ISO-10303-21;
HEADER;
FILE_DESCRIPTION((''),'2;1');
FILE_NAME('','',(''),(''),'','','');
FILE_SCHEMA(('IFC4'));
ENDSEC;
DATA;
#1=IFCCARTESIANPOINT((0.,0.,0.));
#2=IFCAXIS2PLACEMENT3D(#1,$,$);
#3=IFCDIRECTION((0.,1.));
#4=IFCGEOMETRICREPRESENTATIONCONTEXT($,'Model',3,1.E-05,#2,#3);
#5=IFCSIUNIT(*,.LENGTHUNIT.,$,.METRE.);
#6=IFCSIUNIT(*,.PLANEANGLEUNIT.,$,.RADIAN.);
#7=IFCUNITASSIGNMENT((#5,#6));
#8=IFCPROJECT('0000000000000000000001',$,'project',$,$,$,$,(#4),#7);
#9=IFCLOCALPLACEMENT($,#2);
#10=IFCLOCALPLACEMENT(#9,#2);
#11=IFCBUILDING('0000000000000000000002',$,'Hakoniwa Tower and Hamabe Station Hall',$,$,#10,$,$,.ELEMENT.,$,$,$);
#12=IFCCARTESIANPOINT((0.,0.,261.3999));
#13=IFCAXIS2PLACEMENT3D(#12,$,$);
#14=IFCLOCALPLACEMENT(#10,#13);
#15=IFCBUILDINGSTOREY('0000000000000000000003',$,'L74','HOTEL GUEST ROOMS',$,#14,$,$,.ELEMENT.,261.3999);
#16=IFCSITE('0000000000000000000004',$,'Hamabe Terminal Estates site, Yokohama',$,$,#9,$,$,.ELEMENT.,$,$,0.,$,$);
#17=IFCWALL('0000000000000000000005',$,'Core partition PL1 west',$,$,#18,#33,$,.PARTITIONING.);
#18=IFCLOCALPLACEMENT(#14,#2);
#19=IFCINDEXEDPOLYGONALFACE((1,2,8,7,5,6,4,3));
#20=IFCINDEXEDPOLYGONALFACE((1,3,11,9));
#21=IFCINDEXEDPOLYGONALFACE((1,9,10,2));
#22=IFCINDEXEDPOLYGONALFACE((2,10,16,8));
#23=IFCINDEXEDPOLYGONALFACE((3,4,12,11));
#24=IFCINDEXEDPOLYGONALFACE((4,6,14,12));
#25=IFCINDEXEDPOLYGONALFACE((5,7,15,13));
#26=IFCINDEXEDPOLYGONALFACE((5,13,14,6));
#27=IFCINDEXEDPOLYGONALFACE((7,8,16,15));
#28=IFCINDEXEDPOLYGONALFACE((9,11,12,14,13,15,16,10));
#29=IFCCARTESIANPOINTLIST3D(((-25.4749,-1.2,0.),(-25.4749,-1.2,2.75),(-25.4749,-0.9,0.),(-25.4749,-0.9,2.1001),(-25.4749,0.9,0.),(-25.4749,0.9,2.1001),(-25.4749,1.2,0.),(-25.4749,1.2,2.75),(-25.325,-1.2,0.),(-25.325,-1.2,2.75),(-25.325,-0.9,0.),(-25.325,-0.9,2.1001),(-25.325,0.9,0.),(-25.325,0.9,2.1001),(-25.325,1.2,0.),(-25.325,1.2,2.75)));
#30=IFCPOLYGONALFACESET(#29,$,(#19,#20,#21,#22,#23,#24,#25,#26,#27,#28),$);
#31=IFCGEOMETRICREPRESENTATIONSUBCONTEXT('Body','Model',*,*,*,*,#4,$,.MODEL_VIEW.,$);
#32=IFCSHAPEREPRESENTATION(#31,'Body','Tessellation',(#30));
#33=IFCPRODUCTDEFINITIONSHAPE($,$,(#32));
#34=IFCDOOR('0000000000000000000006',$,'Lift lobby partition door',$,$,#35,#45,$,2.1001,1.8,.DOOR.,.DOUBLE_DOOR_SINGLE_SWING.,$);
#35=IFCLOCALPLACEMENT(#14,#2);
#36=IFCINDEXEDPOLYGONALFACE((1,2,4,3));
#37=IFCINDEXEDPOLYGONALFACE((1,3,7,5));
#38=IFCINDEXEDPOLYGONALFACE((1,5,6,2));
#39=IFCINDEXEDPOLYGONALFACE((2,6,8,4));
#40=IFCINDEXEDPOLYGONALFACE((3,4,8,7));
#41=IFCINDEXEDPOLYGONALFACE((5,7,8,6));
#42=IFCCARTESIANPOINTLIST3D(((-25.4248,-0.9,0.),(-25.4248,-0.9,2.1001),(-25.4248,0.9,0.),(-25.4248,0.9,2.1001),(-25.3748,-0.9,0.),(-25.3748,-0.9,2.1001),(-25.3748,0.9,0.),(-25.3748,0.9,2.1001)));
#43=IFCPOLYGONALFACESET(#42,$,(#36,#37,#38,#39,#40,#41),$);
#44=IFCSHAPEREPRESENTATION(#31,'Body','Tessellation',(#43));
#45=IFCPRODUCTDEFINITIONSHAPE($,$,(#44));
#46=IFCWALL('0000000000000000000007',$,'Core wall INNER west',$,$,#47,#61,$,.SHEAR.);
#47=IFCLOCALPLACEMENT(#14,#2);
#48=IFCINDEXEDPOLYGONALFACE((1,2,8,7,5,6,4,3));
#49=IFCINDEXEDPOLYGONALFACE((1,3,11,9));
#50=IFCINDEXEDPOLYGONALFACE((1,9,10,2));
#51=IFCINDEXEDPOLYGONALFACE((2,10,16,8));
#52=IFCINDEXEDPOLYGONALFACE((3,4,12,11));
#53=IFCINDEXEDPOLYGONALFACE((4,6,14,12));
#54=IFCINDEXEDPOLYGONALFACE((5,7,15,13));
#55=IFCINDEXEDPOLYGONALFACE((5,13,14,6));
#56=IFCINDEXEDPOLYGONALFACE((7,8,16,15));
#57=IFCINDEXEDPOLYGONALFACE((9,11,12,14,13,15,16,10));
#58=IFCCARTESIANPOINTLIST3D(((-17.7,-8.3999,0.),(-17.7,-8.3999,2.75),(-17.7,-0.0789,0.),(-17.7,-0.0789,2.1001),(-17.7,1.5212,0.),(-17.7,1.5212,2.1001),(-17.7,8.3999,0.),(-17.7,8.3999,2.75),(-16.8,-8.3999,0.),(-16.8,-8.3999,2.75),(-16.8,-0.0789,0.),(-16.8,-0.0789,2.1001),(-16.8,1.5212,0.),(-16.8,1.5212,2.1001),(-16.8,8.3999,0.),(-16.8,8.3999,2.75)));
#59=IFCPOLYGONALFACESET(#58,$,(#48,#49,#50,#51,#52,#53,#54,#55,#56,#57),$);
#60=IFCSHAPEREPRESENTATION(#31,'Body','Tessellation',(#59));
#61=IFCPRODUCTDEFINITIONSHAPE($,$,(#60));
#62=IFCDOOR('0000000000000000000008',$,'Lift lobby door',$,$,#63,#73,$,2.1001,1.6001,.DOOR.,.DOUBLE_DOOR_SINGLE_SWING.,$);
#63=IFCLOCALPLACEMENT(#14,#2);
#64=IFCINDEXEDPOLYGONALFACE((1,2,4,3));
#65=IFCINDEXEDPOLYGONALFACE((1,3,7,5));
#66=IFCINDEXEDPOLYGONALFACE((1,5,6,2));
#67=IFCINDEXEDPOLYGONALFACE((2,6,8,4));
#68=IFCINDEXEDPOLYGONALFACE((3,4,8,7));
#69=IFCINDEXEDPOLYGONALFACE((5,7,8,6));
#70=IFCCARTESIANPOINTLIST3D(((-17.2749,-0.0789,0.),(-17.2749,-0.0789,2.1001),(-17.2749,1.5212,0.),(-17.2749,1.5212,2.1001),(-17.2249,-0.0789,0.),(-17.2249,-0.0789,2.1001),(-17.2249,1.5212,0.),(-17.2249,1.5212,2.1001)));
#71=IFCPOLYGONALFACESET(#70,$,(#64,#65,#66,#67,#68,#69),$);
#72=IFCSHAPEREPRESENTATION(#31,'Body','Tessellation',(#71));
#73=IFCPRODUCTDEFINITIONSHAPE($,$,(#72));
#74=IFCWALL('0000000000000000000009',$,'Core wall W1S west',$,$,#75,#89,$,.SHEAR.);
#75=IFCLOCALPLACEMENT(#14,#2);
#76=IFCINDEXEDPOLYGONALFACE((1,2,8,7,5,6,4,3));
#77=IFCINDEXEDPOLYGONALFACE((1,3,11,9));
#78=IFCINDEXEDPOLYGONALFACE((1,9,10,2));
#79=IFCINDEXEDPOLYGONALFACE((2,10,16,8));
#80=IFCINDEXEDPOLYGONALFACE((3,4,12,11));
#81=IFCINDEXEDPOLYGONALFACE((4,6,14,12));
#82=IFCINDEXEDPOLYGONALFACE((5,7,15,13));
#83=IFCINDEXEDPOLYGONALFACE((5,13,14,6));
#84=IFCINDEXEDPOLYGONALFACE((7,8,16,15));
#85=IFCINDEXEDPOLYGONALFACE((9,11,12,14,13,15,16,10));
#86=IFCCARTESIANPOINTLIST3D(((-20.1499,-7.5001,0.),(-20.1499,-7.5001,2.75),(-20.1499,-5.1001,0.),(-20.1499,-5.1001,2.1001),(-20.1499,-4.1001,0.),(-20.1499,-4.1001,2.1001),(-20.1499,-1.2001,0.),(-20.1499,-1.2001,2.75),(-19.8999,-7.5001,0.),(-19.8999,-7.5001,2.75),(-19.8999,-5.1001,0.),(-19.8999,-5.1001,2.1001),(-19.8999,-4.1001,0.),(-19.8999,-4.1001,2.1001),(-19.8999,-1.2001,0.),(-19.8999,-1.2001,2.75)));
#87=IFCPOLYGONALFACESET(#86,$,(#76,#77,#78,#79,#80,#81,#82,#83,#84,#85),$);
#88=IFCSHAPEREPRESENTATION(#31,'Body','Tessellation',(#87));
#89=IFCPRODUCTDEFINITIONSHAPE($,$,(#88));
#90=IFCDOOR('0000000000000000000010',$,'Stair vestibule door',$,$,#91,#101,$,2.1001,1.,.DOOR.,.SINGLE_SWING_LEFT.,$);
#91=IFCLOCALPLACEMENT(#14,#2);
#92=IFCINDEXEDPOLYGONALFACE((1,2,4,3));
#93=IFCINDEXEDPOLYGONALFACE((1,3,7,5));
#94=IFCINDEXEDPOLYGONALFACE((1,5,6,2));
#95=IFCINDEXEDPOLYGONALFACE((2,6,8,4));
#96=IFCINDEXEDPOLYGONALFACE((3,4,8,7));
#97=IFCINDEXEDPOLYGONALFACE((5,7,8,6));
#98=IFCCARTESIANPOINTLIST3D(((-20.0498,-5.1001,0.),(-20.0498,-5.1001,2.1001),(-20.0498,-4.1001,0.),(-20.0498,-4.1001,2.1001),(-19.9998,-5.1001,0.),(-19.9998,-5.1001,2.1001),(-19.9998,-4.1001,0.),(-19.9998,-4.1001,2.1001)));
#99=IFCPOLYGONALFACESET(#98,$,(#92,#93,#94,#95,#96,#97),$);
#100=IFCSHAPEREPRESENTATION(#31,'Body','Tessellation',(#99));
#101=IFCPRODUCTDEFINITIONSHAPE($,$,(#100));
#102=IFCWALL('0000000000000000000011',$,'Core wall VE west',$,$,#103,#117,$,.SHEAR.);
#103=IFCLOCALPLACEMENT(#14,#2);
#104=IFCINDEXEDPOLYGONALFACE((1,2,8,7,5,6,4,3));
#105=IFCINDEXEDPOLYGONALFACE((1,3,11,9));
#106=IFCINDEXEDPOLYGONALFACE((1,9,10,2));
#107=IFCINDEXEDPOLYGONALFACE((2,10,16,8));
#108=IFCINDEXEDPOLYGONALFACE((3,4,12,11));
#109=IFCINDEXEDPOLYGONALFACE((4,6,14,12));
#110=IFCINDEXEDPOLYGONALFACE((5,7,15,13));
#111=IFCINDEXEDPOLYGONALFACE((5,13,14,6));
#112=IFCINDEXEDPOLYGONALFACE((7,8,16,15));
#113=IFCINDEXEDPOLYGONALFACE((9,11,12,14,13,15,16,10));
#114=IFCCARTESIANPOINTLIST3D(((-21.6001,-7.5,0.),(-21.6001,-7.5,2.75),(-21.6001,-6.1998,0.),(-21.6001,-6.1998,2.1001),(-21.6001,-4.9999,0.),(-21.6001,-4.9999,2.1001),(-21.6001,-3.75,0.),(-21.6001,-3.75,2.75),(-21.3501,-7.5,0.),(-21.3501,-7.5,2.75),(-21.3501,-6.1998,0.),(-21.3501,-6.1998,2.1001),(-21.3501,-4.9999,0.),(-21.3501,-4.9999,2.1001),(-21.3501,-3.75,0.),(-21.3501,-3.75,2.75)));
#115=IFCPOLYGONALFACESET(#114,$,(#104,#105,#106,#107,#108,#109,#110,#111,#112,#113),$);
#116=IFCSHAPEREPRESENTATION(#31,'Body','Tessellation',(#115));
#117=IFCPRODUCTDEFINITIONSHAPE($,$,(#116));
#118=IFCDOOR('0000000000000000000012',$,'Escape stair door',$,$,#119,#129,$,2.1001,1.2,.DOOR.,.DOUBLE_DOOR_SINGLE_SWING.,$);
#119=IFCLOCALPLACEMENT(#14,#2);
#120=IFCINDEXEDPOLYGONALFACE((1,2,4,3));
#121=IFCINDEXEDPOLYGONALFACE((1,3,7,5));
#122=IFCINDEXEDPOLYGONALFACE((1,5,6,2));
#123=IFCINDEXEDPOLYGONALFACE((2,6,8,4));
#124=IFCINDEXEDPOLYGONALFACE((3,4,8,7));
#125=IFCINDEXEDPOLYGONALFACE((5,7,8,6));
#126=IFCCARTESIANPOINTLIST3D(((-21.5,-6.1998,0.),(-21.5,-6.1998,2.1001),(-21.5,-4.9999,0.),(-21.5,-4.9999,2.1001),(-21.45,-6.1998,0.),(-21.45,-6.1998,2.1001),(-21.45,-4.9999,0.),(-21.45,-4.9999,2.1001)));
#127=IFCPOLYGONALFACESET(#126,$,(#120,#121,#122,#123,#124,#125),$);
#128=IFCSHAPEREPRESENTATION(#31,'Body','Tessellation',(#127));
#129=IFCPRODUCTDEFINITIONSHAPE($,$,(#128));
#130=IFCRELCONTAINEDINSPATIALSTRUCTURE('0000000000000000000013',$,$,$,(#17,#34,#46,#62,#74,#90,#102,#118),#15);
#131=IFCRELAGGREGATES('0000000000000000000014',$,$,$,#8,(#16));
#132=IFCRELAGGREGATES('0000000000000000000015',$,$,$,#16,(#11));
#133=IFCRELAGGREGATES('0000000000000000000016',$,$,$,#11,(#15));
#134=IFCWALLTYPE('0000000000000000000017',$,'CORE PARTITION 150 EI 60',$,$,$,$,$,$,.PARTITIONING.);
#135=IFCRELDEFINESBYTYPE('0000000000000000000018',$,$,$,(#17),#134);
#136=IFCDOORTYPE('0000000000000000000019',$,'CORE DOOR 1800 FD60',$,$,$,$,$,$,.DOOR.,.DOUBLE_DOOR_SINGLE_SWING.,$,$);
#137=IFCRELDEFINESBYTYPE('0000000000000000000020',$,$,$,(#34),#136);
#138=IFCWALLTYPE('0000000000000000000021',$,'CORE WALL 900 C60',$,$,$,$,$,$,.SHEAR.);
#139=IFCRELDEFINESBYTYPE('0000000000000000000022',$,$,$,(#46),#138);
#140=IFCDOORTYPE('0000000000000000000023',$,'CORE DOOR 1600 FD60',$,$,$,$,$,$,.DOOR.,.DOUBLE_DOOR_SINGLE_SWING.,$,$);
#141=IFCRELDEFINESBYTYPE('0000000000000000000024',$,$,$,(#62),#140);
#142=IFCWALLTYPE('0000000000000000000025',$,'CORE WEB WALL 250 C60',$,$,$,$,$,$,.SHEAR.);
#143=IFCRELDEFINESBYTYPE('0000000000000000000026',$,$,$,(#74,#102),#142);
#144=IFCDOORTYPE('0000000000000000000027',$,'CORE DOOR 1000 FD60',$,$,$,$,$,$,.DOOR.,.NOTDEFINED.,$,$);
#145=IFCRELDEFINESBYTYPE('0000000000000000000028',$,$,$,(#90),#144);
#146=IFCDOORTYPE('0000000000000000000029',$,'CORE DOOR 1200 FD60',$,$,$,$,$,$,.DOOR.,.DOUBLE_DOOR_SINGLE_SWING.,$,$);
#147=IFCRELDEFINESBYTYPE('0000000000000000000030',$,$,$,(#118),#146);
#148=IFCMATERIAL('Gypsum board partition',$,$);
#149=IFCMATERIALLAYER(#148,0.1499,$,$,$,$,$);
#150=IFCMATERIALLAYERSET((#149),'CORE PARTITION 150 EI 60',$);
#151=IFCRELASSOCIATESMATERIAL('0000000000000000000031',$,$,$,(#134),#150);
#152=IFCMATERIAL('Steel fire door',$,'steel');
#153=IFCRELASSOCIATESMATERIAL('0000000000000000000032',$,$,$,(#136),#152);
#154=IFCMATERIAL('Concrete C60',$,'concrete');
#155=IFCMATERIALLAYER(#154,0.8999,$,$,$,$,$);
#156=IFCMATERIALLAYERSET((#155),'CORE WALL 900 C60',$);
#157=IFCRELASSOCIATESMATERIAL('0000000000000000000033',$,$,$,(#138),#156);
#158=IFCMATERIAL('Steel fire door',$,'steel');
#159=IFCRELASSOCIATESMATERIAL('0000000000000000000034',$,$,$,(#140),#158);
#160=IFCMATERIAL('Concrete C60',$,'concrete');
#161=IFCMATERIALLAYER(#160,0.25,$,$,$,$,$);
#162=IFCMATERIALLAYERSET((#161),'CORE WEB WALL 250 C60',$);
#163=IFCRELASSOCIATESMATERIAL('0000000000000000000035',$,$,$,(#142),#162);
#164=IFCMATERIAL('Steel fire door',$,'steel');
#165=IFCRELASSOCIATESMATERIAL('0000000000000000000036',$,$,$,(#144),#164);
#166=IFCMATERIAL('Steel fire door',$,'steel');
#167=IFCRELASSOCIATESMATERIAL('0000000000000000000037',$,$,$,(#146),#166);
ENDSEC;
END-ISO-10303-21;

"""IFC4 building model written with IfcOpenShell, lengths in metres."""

from ifc_helpers import new_model, si_unit, direction, frame, frame_2d, origin, place, context, subcontext, project, spatial, rectangle, extrude, material, layer, layer_set, type_object, element, fill, save


model = new_model("IFC4")

# Units and contexts
model_context = context("Model", 3, precision=1e-05, world=origin(), true_north=direction((0.0, 1.0)))
body_context = subcontext(model_context, "Body", "Model", "MODEL_VIEW")
ifc_project = project(units=[si_unit("LENGTHUNIT", "METRE"), si_unit("PLANEANGLEUNIT", "RADIAN")], contexts=[model_context])

# Site, building, storey
site_placement = place(None, origin())
site = spatial("IfcSite", under=ifc_project, at=site_placement, Name="Hamabe Terminal Estates site, Yokohama", CompositionType="ELEMENT", RefElevation=0.0)
building_placement = place(site_placement, origin())
building = spatial("IfcBuilding", under=site, at=building_placement, Name="Hakoniwa Tower and Hamabe Station Hall", CompositionType="ELEMENT")
storey_placement = place(building_placement, frame((0.0, 0.0, 261.3999)))
storey = spatial("IfcBuildingStorey", under=building, at=storey_placement, Name="L74", Description="HOTEL GUEST ROOMS", CompositionType="ELEMENT", Elevation=261.3999)

# Walls, openings, doors
ifc_material_1 = material(Name="Gypsum board partition")
ifc_layer_1 = layer(ifc_material_1, 0.1499)
ifc_layer_set_1 = layer_set([ifc_layer_1], Name="CORE PARTITION 150 EI 60")
wall_type_1 = type_object("IfcWallType", Name="CORE PARTITION 150 EI 60", PredefinedType="PARTITIONING", material=ifc_layer_set_1)
ifc_material_2 = material(Name="Steel fire door", Category="steel")
door_type_1 = type_object("IfcDoorType", Name="CORE DOOR 1800 FD60", OperationType="DOUBLE_DOOR_SINGLE_SWING", PredefinedType="DOOR", material=ifc_material_2)
wall_1_placement = place(storey_placement, frame((-25.3999, -1.2, 0.0), z_axis=(0.0, 0.0, 1.0), x_axis=(0.0, 1.0, 0.0)))
wall_1 = element("IfcWall", 1, at=wall_1_placement, inside=storey, type_object=wall_type_1, Name="Core partition PL1 west", PredefinedType="PARTITIONING", context=body_context, shape_type="SweptSolid", body=[
    extrude(rectangle(XDim=2.3999, YDim=0.1499, at=frame_2d((1.2, 0.0))), origin(), (0.0, 0.0, 1.0), 2.75),
])
opening_1_placement = place(wall_1_placement, frame((0.3, 0.0, 0.0)))
opening_1 = element("IfcOpeningElement", 2, at=opening_1_placement, cuts=wall_1, PredefinedType="OPENING", context=body_context, shape_type="SweptSolid", body=[
    extrude(rectangle(XDim=1.8, YDim=2.1001, at=frame_2d((0.8999, 1.05))), frame((0.0, 0.085, 0.0), z_axis=(0.0, -1.0, 0.0), x_axis=(1.0, 0.0, 0.0)), (0.0, 0.0, 1.0), 0.1699),
])
door_1_placement = place(opening_1_placement, origin())
door_1 = element("IfcDoor", 3, at=door_1_placement, inside=storey, type_object=door_type_1, Name="Lift lobby partition door", OperationType="DOUBLE_DOOR_SINGLE_SWING", OverallHeight=2.1001, OverallWidth=1.8, PredefinedType="DOOR", context=body_context, shape_type="SweptSolid", body=[
    extrude(rectangle(XDim=1.8, YDim=2.1001, at=frame_2d((0.8999, 1.05))), frame((0.0, 0.0249, 0.0), z_axis=(0.0, -1.0, 0.0), x_axis=(1.0, 0.0, 0.0)), (0.0, 0.0, 1.0), 0.05),
])
fill(opening_1, door_1)
ifc_material_3 = material(Name="Concrete C60", Category="concrete")
ifc_layer_2 = layer(ifc_material_3, 0.8999)
ifc_layer_set_2 = layer_set([ifc_layer_2], Name="CORE WALL 900 C60")
wall_type_2 = type_object("IfcWallType", Name="CORE WALL 900 C60", PredefinedType="SHEAR", material=ifc_layer_set_2)
wall_2_placement = place(storey_placement, frame((-17.25, -8.3999, 0.0), z_axis=(0.0, 0.0, 1.0), x_axis=(0.0, 1.0, 0.0)))
wall_2 = element("IfcWall", 4, at=wall_2_placement, inside=storey, type_object=wall_type_2, Name="Core wall INNER west", PredefinedType="SHEAR", context=body_context, shape_type="SweptSolid", body=[
    extrude(rectangle(XDim=16.7998, YDim=0.8999, at=frame_2d((8.3999, 0.0))), origin(), (0.0, 0.0, 1.0), 2.75),
])
opening_2_placement = place(wall_2_placement, frame((8.321, 0.0, 0.0)))
opening_2 = element("IfcOpeningElement", 5, at=opening_2_placement, cuts=wall_2, PredefinedType="OPENING", context=body_context, shape_type="SweptSolid", body=[
    extrude(rectangle(XDim=1.6001, YDim=2.1001, at=frame_2d((0.8, 1.05))), frame((0.0, 0.46, 0.0), z_axis=(0.0, -1.0, 0.0), x_axis=(1.0, 0.0, 0.0)), (0.0, 0.0, 1.0), 0.9199),
])
ifc_material_4 = material(Name="Steel fire door", Category="steel")
door_type_2 = type_object("IfcDoorType", Name="CORE DOOR 1600 FD60", OperationType="DOUBLE_DOOR_SINGLE_SWING", PredefinedType="DOOR", material=ifc_material_4)
door_2_placement = place(opening_2_placement, origin())
door_2 = element("IfcDoor", 6, at=door_2_placement, inside=storey, type_object=door_type_2, Name="Lift lobby door", OperationType="DOUBLE_DOOR_SINGLE_SWING", OverallHeight=2.1001, OverallWidth=1.6001, PredefinedType="DOOR", context=body_context, shape_type="SweptSolid", body=[
    extrude(rectangle(XDim=1.6001, YDim=2.1001, at=frame_2d((0.8, 1.05))), frame((0.0, 0.0249, 0.0), z_axis=(0.0, -1.0, 0.0), x_axis=(1.0, 0.0, 0.0)), (0.0, 0.0, 1.0), 0.05),
])
fill(opening_2, door_2)
ifc_material_5 = material(Name="Concrete C60", Category="concrete")
ifc_layer_3 = layer(ifc_material_5, 0.25)
ifc_layer_set_3 = layer_set([ifc_layer_3], Name="CORE WEB WALL 250 C60")
wall_type_3 = type_object("IfcWallType", Name="CORE WEB WALL 250 C60", PredefinedType="SHEAR", material=ifc_layer_set_3)
wall_3_placement = place(storey_placement, frame((-20.0249, -7.5, 0.0), z_axis=(0.0, 0.0, 1.0), x_axis=(0.0, 1.0, 0.0)))
wall_3 = element("IfcWall", 7, at=wall_3_placement, inside=storey, type_object=wall_type_3, Name="Core wall W1S west", PredefinedType="SHEAR", context=body_context, shape_type="SweptSolid", body=[
    extrude(rectangle(XDim=6.3, YDim=0.25, at=frame_2d((3.1499, 0.0))), origin(), (0.0, 0.0, 1.0), 2.75),
])
opening_3_placement = place(wall_3_placement, frame((2.3999, 0.0, 0.0)))
opening_3 = element("IfcOpeningElement", 8, at=opening_3_placement, cuts=wall_3, PredefinedType="OPENING", context=body_context, shape_type="SweptSolid", body=[
    extrude(rectangle(XDim=1.0, YDim=2.1001, at=frame_2d((0.5, 1.05))), frame((0.0, 0.135, 0.0), z_axis=(0.0, -1.0, 0.0), x_axis=(1.0, 0.0, 0.0)), (0.0, 0.0, 1.0), 0.27),
])
ifc_material_6 = material(Name="Steel fire door", Category="steel")
door_type_3 = type_object("IfcDoorType", Name="CORE DOOR 1000 FD60", OperationType="NOTDEFINED", PredefinedType="DOOR", material=ifc_material_6)
door_3_placement = place(opening_3_placement, origin())
door_3 = element("IfcDoor", 9, at=door_3_placement, inside=storey, type_object=door_type_3, Name="Stair vestibule door", OperationType="SINGLE_SWING_LEFT", OverallHeight=2.1001, OverallWidth=1.0, PredefinedType="DOOR", context=body_context, shape_type="SweptSolid", body=[
    extrude(rectangle(XDim=1.0, YDim=2.1001, at=frame_2d((0.5, 1.05))), frame((0.0, 0.0249, 0.0), z_axis=(0.0, -1.0, 0.0), x_axis=(1.0, 0.0, 0.0)), (0.0, 0.0, 1.0), 0.05),
])
fill(opening_3, door_3)
wall_4_placement = place(storey_placement, frame((-21.4751, -7.5, 0.0), z_axis=(0.0, 0.0, 1.0), x_axis=(0.0, 1.0, 0.0)))
wall_4 = element("IfcWall", 10, at=wall_4_placement, inside=storey, type_object=wall_type_3, Name="Core wall VE west", PredefinedType="SHEAR", context=body_context, shape_type="SweptSolid", body=[
    extrude(rectangle(XDim=3.75, YDim=0.25, at=frame_2d((1.875, 0.0))), origin(), (0.0, 0.0, 1.0), 2.75),
])
opening_4_placement = place(wall_4_placement, frame((1.3, 0.0, 0.0)))
opening_4 = element("IfcOpeningElement", 11, at=opening_4_placement, cuts=wall_4, PredefinedType="OPENING", context=body_context, shape_type="SweptSolid", body=[
    extrude(rectangle(XDim=1.2, YDim=2.1001, at=frame_2d((0.6001, 1.05))), frame((0.0, 0.135, 0.0), z_axis=(0.0, -1.0, 0.0), x_axis=(1.0, 0.0, 0.0)), (0.0, 0.0, 1.0), 0.27),
])
ifc_material_7 = material(Name="Steel fire door", Category="steel")
door_type_4 = type_object("IfcDoorType", Name="CORE DOOR 1200 FD60", OperationType="DOUBLE_DOOR_SINGLE_SWING", PredefinedType="DOOR", material=ifc_material_7)
door_4_placement = place(opening_4_placement, origin())
door_4 = element("IfcDoor", 12, at=door_4_placement, inside=storey, type_object=door_type_4, Name="Escape stair door", OperationType="DOUBLE_DOOR_SINGLE_SWING", OverallHeight=2.1001, OverallWidth=1.2, PredefinedType="DOOR", context=body_context, shape_type="SweptSolid", body=[
    extrude(rectangle(XDim=1.2, YDim=2.1001, at=frame_2d((0.6001, 1.05))), frame((0.0, 0.0249, 0.0), z_axis=(0.0, -1.0, 0.0), x_axis=(1.0, 0.0, 0.0)), (0.0, 0.0, 1.0), 0.05),
])
fill(opening_4, door_4)

save(model, "model.ifc")
